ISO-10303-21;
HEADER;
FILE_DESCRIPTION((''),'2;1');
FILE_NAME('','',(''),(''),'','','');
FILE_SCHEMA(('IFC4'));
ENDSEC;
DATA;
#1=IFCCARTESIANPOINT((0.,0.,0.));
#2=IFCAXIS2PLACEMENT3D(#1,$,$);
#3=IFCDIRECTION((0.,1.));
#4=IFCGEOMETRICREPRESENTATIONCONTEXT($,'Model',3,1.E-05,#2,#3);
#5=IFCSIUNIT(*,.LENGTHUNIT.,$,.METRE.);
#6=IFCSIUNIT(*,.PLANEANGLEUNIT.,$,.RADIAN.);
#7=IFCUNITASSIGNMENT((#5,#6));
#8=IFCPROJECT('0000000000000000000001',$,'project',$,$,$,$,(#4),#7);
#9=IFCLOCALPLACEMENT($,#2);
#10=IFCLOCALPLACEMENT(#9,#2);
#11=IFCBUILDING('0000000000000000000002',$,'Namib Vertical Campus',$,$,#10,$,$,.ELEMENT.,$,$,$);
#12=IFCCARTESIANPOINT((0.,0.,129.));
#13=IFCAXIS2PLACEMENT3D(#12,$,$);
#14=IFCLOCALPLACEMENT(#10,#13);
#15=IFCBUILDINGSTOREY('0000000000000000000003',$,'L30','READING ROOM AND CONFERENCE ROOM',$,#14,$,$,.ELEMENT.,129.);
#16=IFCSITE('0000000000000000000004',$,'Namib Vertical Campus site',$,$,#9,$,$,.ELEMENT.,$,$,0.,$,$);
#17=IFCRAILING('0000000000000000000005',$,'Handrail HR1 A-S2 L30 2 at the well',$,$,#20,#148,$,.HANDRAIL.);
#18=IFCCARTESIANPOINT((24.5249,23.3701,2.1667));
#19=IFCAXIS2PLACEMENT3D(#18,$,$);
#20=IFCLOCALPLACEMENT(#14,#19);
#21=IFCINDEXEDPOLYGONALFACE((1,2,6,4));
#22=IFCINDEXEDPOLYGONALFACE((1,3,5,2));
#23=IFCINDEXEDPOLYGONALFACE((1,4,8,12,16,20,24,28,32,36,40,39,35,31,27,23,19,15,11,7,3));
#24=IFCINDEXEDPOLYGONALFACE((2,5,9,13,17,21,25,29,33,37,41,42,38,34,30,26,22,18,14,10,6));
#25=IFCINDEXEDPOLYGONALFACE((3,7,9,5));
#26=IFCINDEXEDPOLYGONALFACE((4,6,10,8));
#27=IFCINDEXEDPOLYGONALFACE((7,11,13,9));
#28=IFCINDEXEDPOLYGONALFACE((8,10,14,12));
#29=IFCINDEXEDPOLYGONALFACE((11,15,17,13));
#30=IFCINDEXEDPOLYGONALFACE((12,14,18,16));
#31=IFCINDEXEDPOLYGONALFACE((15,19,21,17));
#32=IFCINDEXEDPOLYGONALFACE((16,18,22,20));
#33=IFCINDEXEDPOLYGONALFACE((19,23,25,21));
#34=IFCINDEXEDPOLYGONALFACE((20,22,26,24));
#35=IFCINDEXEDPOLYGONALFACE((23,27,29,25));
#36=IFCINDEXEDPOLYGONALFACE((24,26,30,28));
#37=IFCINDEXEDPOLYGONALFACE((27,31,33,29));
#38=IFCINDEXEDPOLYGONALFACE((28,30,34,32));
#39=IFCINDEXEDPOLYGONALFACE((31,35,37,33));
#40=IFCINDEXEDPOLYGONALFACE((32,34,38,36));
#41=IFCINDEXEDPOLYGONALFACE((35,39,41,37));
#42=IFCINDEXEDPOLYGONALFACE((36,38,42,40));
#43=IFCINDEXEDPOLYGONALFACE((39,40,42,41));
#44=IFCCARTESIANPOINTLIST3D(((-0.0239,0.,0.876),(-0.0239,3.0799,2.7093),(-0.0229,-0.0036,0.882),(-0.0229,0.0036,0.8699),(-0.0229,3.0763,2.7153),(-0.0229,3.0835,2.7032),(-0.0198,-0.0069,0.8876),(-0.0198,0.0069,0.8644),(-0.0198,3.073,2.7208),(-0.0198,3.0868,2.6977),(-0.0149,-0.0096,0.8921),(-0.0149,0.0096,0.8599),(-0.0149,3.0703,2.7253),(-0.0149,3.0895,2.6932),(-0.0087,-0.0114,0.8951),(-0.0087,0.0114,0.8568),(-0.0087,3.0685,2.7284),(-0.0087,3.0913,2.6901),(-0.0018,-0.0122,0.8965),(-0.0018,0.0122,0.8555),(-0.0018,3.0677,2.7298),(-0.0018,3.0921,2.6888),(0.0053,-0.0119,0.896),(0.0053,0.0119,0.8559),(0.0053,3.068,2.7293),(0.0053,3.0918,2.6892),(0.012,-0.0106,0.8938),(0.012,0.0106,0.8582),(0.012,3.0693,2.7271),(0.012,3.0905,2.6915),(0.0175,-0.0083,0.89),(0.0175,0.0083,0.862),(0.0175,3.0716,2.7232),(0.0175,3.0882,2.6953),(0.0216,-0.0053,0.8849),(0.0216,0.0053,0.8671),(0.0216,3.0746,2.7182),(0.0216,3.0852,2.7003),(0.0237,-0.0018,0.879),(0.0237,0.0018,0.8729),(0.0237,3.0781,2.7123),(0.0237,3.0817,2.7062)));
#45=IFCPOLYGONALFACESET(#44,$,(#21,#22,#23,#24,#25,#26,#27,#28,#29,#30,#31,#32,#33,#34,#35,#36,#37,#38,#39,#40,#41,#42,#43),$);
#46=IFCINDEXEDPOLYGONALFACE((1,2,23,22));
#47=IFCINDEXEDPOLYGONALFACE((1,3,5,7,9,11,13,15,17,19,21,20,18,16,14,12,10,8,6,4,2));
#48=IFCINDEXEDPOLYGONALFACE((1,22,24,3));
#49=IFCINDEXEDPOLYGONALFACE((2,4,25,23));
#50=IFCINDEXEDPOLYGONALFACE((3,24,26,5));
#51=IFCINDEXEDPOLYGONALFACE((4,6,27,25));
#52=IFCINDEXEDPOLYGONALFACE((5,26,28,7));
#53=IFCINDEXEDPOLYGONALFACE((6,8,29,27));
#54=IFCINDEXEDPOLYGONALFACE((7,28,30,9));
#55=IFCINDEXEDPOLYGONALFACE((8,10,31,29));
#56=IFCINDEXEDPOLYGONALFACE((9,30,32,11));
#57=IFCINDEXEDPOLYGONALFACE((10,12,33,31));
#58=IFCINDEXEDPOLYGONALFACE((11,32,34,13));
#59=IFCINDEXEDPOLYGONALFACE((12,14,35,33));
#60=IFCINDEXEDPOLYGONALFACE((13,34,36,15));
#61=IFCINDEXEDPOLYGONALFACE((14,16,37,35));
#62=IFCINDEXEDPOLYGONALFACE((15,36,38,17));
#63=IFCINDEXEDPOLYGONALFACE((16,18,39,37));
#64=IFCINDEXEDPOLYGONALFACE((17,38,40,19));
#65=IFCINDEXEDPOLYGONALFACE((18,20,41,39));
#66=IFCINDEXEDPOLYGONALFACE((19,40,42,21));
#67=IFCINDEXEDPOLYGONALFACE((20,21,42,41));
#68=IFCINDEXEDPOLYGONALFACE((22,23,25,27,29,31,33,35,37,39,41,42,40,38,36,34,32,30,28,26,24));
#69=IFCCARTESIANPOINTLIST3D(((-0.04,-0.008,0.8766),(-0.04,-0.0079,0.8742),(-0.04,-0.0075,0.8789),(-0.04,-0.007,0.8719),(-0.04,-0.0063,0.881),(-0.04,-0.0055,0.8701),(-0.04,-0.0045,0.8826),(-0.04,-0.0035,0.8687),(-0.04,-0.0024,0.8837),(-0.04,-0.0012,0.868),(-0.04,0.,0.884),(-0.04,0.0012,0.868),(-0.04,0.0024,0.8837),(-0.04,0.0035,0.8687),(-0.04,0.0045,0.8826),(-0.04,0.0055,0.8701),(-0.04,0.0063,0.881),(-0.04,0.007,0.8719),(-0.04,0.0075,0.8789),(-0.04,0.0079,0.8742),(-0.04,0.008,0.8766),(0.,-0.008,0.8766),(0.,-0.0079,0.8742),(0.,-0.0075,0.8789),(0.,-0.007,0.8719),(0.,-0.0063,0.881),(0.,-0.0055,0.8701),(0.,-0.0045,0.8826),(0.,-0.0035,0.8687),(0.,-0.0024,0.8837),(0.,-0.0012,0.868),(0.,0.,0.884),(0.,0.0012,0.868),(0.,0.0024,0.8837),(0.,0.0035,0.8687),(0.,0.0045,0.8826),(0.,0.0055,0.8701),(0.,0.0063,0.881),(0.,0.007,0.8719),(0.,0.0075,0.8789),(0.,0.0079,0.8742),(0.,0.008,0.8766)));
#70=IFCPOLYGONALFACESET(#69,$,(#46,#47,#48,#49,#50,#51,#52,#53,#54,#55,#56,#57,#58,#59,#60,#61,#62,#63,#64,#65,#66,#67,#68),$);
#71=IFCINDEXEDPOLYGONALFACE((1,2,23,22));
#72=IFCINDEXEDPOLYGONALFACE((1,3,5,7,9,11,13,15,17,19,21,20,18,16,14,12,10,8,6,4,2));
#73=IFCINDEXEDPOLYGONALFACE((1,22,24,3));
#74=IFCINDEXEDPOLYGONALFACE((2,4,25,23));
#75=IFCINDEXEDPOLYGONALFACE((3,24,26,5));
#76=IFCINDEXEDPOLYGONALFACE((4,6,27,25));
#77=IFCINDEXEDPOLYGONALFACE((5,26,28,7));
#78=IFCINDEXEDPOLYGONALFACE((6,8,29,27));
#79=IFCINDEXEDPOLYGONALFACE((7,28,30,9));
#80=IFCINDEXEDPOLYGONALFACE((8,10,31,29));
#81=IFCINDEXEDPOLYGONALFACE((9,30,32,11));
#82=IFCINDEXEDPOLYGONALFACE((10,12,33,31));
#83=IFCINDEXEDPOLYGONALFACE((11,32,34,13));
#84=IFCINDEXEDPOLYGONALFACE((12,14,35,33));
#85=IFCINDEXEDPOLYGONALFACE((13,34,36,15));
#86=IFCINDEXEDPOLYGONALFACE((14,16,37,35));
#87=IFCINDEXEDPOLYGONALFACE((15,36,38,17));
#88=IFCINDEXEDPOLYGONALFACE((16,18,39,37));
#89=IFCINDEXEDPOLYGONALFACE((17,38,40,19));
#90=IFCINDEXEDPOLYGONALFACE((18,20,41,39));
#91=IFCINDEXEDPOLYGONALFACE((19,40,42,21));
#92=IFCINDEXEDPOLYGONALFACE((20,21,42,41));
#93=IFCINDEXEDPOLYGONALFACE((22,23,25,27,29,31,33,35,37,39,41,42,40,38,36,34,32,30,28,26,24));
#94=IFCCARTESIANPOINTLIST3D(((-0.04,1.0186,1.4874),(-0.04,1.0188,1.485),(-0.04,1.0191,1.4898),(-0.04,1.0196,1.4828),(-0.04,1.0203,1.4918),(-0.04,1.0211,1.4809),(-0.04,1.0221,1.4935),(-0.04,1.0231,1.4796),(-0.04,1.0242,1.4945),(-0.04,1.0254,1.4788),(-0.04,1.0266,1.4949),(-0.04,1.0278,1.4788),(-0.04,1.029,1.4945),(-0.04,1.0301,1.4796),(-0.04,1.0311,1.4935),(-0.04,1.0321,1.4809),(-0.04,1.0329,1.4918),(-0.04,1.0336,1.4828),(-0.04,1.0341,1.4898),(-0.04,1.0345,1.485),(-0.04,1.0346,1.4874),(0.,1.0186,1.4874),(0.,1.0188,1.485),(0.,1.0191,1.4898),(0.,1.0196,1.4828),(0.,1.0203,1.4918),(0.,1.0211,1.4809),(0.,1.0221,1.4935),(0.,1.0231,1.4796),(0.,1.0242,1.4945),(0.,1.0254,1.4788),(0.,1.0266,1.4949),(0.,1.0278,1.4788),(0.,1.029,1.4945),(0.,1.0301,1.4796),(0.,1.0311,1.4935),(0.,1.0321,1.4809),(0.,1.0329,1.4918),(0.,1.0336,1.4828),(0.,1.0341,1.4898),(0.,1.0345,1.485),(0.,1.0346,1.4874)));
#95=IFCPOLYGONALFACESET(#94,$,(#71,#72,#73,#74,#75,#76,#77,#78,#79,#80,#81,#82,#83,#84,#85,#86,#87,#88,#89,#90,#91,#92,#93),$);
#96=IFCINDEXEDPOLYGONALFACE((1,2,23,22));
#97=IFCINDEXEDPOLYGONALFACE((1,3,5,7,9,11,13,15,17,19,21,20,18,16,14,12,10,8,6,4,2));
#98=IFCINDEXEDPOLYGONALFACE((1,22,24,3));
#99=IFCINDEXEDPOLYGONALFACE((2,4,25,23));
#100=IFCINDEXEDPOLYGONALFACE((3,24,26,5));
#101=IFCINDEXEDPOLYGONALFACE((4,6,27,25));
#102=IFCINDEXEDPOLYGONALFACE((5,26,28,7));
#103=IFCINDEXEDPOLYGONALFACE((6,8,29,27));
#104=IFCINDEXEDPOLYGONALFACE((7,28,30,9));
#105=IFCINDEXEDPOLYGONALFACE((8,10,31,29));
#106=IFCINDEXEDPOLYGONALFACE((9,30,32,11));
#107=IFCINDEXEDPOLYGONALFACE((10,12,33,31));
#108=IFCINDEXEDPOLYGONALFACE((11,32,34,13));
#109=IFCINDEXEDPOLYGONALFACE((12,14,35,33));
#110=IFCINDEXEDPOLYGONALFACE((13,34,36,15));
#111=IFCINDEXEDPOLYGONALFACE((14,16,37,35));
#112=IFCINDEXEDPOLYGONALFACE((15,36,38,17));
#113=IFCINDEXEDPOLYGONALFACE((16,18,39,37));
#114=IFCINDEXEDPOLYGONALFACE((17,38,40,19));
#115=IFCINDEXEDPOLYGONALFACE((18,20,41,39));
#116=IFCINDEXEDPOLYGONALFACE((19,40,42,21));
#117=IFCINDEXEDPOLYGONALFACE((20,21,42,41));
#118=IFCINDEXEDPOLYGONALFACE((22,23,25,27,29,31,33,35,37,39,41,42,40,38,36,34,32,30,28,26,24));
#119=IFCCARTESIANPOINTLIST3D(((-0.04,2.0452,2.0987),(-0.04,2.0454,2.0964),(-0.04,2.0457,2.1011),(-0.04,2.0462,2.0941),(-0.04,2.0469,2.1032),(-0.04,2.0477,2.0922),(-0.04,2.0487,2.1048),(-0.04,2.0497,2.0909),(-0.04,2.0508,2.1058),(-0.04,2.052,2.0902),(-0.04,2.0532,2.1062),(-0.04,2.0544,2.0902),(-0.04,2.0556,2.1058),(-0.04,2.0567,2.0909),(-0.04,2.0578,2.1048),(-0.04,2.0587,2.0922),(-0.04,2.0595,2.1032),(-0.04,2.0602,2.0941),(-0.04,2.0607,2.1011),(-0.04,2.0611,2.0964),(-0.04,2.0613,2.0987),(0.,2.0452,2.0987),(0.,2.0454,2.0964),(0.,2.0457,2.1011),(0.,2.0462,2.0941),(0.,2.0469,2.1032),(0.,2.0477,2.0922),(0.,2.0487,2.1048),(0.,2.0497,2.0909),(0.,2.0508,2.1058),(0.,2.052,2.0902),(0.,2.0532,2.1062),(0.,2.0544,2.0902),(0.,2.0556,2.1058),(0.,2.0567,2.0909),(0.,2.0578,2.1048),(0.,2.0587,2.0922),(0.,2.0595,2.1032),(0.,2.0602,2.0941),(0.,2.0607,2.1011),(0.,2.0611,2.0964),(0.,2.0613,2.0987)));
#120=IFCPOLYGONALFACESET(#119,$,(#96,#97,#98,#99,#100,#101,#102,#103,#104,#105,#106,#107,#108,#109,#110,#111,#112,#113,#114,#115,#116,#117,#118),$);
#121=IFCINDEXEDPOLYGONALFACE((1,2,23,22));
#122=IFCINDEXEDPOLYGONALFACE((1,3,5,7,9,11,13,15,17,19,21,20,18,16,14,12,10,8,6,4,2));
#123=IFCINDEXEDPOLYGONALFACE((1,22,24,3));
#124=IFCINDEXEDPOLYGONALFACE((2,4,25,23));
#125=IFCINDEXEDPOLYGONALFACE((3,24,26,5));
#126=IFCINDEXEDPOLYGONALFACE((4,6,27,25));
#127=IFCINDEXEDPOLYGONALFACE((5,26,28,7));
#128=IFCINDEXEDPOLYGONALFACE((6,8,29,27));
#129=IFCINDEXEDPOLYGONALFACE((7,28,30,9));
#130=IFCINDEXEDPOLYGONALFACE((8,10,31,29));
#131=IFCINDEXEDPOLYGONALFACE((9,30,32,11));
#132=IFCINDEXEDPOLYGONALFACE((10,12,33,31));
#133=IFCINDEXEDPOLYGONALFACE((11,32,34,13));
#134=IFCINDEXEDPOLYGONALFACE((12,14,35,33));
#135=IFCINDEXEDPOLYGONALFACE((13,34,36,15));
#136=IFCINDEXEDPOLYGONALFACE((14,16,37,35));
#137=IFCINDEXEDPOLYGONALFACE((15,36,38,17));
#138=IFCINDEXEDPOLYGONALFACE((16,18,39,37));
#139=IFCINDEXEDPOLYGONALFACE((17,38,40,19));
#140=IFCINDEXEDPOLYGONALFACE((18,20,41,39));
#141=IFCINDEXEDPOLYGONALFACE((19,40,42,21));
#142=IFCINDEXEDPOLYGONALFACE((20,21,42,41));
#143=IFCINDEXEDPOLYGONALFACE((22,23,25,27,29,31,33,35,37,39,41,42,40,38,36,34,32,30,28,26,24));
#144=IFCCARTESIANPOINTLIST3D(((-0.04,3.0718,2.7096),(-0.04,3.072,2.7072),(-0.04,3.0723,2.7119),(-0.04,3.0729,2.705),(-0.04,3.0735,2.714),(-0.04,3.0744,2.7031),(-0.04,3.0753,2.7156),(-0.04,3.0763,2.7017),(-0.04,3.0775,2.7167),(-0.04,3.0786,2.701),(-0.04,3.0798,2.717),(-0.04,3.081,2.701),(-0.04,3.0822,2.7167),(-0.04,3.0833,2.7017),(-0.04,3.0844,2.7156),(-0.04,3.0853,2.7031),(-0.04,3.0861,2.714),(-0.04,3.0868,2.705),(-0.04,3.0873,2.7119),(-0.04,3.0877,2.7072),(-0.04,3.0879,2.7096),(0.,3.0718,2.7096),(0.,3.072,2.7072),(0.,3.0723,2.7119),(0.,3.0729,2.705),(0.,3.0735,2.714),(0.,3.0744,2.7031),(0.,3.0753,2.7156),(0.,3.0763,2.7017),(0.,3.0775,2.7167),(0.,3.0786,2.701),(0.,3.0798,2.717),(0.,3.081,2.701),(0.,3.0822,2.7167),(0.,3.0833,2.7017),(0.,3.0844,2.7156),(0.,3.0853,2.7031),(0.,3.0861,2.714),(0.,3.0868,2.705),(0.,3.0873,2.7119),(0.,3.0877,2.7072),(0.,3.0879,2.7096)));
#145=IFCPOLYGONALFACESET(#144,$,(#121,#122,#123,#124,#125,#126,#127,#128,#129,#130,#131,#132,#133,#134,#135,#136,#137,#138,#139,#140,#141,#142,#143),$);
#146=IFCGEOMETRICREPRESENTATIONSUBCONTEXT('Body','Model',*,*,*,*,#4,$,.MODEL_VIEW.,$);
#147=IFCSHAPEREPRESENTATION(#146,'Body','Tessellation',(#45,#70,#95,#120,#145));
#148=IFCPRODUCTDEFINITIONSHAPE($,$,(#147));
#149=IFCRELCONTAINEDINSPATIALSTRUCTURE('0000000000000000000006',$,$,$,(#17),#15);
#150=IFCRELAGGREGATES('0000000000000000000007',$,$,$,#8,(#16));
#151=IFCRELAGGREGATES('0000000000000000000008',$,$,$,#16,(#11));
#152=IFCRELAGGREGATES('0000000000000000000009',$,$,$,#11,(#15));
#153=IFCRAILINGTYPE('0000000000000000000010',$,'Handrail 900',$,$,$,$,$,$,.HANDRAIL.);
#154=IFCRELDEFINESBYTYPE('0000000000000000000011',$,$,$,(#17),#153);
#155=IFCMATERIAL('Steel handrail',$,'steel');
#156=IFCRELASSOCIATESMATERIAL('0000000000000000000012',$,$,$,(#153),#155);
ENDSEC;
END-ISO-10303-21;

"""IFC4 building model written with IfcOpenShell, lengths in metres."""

from ifc_helpers import new_model, si_unit, direction, frame, origin, origin_2d, place, context, subcontext, project, spatial, circle, extrude, material, type_object, element, save


model = new_model("IFC4")

# Units and contexts
model_context = context("Model", 3, precision=1e-05, world=origin(), true_north=direction((0.0, 1.0)))
body_context = subcontext(model_context, "Body", "Model", "MODEL_VIEW")
ifc_project = project(units=[si_unit("LENGTHUNIT", "METRE"), si_unit("PLANEANGLEUNIT", "RADIAN")], contexts=[model_context])

# Site, building, storey
site_placement = place(None, origin())
site = spatial("IfcSite", under=ifc_project, at=site_placement, Name="Namib Vertical Campus site", CompositionType="ELEMENT", RefElevation=0.0)
building_placement = place(site_placement, origin())
building = spatial("IfcBuilding", under=site, at=building_placement, Name="Namib Vertical Campus", CompositionType="ELEMENT")
storey_placement = place(building_placement, frame((0.0, 0.0, 129.0)))
storey = spatial("IfcBuildingStorey", under=building, at=storey_placement, Name="L30", Description="READING ROOM AND CONFERENCE ROOM", CompositionType="ELEMENT", Elevation=129.0)

# Railing
ifc_material_1 = material(Name="Steel handrail", Category="steel")
railing_type_1 = type_object("IfcRailingType", Name="Handrail 900", PredefinedType="HANDRAIL", material=ifc_material_1)
railing_1_placement = place(storey_placement, frame((24.5249, 23.3701, 2.1667)))
element("IfcRailing", 1, at=railing_1_placement, inside=storey, type_object=railing_type_1, Name="Handrail HR1 A-S2 L30 2 at the well", PredefinedType="HANDRAIL", context=body_context, shape_type="SweptSolid", body=[
    extrude(circle(Radius=0.0239, at=origin_2d()), frame((0.0, 0.0, 0.876), z_axis=(0.0, 0.859291, 0.511487), x_axis=(-1.0, 0.0, 0.0)), (0.0, 0.0, 1.0), 3.5842),
    extrude(circle(Radius=0.0081, at=origin_2d()), frame((0.0, 0.0, 0.876), z_axis=(-1.0, 0.0, 0.0), x_axis=(0.0, 0.0, 1.0)), (0.0, 0.0, 1.0), 0.04),
    extrude(circle(Radius=0.0081, at=origin_2d()), frame((0.0, 1.0266, 1.4868), z_axis=(-1.0, 0.0, 0.0), x_axis=(0.0, 0.0, 1.0)), (0.0, 0.0, 1.0), 0.04),
    extrude(circle(Radius=0.0081, at=origin_2d()), frame((0.0, 2.0532, 2.0981), z_axis=(-1.0, 0.0, 0.0), x_axis=(0.0, 0.0, 1.0)), (0.0, 0.0, 1.0), 0.04),
    extrude(circle(Radius=0.0081, at=origin_2d()), frame((0.0, 3.0798, 2.709), z_axis=(-1.0, 0.0, 0.0), x_axis=(0.0, 0.0, 1.0)), (0.0, 0.0, 1.0), 0.04),
])

save(model, "model.ifc")
